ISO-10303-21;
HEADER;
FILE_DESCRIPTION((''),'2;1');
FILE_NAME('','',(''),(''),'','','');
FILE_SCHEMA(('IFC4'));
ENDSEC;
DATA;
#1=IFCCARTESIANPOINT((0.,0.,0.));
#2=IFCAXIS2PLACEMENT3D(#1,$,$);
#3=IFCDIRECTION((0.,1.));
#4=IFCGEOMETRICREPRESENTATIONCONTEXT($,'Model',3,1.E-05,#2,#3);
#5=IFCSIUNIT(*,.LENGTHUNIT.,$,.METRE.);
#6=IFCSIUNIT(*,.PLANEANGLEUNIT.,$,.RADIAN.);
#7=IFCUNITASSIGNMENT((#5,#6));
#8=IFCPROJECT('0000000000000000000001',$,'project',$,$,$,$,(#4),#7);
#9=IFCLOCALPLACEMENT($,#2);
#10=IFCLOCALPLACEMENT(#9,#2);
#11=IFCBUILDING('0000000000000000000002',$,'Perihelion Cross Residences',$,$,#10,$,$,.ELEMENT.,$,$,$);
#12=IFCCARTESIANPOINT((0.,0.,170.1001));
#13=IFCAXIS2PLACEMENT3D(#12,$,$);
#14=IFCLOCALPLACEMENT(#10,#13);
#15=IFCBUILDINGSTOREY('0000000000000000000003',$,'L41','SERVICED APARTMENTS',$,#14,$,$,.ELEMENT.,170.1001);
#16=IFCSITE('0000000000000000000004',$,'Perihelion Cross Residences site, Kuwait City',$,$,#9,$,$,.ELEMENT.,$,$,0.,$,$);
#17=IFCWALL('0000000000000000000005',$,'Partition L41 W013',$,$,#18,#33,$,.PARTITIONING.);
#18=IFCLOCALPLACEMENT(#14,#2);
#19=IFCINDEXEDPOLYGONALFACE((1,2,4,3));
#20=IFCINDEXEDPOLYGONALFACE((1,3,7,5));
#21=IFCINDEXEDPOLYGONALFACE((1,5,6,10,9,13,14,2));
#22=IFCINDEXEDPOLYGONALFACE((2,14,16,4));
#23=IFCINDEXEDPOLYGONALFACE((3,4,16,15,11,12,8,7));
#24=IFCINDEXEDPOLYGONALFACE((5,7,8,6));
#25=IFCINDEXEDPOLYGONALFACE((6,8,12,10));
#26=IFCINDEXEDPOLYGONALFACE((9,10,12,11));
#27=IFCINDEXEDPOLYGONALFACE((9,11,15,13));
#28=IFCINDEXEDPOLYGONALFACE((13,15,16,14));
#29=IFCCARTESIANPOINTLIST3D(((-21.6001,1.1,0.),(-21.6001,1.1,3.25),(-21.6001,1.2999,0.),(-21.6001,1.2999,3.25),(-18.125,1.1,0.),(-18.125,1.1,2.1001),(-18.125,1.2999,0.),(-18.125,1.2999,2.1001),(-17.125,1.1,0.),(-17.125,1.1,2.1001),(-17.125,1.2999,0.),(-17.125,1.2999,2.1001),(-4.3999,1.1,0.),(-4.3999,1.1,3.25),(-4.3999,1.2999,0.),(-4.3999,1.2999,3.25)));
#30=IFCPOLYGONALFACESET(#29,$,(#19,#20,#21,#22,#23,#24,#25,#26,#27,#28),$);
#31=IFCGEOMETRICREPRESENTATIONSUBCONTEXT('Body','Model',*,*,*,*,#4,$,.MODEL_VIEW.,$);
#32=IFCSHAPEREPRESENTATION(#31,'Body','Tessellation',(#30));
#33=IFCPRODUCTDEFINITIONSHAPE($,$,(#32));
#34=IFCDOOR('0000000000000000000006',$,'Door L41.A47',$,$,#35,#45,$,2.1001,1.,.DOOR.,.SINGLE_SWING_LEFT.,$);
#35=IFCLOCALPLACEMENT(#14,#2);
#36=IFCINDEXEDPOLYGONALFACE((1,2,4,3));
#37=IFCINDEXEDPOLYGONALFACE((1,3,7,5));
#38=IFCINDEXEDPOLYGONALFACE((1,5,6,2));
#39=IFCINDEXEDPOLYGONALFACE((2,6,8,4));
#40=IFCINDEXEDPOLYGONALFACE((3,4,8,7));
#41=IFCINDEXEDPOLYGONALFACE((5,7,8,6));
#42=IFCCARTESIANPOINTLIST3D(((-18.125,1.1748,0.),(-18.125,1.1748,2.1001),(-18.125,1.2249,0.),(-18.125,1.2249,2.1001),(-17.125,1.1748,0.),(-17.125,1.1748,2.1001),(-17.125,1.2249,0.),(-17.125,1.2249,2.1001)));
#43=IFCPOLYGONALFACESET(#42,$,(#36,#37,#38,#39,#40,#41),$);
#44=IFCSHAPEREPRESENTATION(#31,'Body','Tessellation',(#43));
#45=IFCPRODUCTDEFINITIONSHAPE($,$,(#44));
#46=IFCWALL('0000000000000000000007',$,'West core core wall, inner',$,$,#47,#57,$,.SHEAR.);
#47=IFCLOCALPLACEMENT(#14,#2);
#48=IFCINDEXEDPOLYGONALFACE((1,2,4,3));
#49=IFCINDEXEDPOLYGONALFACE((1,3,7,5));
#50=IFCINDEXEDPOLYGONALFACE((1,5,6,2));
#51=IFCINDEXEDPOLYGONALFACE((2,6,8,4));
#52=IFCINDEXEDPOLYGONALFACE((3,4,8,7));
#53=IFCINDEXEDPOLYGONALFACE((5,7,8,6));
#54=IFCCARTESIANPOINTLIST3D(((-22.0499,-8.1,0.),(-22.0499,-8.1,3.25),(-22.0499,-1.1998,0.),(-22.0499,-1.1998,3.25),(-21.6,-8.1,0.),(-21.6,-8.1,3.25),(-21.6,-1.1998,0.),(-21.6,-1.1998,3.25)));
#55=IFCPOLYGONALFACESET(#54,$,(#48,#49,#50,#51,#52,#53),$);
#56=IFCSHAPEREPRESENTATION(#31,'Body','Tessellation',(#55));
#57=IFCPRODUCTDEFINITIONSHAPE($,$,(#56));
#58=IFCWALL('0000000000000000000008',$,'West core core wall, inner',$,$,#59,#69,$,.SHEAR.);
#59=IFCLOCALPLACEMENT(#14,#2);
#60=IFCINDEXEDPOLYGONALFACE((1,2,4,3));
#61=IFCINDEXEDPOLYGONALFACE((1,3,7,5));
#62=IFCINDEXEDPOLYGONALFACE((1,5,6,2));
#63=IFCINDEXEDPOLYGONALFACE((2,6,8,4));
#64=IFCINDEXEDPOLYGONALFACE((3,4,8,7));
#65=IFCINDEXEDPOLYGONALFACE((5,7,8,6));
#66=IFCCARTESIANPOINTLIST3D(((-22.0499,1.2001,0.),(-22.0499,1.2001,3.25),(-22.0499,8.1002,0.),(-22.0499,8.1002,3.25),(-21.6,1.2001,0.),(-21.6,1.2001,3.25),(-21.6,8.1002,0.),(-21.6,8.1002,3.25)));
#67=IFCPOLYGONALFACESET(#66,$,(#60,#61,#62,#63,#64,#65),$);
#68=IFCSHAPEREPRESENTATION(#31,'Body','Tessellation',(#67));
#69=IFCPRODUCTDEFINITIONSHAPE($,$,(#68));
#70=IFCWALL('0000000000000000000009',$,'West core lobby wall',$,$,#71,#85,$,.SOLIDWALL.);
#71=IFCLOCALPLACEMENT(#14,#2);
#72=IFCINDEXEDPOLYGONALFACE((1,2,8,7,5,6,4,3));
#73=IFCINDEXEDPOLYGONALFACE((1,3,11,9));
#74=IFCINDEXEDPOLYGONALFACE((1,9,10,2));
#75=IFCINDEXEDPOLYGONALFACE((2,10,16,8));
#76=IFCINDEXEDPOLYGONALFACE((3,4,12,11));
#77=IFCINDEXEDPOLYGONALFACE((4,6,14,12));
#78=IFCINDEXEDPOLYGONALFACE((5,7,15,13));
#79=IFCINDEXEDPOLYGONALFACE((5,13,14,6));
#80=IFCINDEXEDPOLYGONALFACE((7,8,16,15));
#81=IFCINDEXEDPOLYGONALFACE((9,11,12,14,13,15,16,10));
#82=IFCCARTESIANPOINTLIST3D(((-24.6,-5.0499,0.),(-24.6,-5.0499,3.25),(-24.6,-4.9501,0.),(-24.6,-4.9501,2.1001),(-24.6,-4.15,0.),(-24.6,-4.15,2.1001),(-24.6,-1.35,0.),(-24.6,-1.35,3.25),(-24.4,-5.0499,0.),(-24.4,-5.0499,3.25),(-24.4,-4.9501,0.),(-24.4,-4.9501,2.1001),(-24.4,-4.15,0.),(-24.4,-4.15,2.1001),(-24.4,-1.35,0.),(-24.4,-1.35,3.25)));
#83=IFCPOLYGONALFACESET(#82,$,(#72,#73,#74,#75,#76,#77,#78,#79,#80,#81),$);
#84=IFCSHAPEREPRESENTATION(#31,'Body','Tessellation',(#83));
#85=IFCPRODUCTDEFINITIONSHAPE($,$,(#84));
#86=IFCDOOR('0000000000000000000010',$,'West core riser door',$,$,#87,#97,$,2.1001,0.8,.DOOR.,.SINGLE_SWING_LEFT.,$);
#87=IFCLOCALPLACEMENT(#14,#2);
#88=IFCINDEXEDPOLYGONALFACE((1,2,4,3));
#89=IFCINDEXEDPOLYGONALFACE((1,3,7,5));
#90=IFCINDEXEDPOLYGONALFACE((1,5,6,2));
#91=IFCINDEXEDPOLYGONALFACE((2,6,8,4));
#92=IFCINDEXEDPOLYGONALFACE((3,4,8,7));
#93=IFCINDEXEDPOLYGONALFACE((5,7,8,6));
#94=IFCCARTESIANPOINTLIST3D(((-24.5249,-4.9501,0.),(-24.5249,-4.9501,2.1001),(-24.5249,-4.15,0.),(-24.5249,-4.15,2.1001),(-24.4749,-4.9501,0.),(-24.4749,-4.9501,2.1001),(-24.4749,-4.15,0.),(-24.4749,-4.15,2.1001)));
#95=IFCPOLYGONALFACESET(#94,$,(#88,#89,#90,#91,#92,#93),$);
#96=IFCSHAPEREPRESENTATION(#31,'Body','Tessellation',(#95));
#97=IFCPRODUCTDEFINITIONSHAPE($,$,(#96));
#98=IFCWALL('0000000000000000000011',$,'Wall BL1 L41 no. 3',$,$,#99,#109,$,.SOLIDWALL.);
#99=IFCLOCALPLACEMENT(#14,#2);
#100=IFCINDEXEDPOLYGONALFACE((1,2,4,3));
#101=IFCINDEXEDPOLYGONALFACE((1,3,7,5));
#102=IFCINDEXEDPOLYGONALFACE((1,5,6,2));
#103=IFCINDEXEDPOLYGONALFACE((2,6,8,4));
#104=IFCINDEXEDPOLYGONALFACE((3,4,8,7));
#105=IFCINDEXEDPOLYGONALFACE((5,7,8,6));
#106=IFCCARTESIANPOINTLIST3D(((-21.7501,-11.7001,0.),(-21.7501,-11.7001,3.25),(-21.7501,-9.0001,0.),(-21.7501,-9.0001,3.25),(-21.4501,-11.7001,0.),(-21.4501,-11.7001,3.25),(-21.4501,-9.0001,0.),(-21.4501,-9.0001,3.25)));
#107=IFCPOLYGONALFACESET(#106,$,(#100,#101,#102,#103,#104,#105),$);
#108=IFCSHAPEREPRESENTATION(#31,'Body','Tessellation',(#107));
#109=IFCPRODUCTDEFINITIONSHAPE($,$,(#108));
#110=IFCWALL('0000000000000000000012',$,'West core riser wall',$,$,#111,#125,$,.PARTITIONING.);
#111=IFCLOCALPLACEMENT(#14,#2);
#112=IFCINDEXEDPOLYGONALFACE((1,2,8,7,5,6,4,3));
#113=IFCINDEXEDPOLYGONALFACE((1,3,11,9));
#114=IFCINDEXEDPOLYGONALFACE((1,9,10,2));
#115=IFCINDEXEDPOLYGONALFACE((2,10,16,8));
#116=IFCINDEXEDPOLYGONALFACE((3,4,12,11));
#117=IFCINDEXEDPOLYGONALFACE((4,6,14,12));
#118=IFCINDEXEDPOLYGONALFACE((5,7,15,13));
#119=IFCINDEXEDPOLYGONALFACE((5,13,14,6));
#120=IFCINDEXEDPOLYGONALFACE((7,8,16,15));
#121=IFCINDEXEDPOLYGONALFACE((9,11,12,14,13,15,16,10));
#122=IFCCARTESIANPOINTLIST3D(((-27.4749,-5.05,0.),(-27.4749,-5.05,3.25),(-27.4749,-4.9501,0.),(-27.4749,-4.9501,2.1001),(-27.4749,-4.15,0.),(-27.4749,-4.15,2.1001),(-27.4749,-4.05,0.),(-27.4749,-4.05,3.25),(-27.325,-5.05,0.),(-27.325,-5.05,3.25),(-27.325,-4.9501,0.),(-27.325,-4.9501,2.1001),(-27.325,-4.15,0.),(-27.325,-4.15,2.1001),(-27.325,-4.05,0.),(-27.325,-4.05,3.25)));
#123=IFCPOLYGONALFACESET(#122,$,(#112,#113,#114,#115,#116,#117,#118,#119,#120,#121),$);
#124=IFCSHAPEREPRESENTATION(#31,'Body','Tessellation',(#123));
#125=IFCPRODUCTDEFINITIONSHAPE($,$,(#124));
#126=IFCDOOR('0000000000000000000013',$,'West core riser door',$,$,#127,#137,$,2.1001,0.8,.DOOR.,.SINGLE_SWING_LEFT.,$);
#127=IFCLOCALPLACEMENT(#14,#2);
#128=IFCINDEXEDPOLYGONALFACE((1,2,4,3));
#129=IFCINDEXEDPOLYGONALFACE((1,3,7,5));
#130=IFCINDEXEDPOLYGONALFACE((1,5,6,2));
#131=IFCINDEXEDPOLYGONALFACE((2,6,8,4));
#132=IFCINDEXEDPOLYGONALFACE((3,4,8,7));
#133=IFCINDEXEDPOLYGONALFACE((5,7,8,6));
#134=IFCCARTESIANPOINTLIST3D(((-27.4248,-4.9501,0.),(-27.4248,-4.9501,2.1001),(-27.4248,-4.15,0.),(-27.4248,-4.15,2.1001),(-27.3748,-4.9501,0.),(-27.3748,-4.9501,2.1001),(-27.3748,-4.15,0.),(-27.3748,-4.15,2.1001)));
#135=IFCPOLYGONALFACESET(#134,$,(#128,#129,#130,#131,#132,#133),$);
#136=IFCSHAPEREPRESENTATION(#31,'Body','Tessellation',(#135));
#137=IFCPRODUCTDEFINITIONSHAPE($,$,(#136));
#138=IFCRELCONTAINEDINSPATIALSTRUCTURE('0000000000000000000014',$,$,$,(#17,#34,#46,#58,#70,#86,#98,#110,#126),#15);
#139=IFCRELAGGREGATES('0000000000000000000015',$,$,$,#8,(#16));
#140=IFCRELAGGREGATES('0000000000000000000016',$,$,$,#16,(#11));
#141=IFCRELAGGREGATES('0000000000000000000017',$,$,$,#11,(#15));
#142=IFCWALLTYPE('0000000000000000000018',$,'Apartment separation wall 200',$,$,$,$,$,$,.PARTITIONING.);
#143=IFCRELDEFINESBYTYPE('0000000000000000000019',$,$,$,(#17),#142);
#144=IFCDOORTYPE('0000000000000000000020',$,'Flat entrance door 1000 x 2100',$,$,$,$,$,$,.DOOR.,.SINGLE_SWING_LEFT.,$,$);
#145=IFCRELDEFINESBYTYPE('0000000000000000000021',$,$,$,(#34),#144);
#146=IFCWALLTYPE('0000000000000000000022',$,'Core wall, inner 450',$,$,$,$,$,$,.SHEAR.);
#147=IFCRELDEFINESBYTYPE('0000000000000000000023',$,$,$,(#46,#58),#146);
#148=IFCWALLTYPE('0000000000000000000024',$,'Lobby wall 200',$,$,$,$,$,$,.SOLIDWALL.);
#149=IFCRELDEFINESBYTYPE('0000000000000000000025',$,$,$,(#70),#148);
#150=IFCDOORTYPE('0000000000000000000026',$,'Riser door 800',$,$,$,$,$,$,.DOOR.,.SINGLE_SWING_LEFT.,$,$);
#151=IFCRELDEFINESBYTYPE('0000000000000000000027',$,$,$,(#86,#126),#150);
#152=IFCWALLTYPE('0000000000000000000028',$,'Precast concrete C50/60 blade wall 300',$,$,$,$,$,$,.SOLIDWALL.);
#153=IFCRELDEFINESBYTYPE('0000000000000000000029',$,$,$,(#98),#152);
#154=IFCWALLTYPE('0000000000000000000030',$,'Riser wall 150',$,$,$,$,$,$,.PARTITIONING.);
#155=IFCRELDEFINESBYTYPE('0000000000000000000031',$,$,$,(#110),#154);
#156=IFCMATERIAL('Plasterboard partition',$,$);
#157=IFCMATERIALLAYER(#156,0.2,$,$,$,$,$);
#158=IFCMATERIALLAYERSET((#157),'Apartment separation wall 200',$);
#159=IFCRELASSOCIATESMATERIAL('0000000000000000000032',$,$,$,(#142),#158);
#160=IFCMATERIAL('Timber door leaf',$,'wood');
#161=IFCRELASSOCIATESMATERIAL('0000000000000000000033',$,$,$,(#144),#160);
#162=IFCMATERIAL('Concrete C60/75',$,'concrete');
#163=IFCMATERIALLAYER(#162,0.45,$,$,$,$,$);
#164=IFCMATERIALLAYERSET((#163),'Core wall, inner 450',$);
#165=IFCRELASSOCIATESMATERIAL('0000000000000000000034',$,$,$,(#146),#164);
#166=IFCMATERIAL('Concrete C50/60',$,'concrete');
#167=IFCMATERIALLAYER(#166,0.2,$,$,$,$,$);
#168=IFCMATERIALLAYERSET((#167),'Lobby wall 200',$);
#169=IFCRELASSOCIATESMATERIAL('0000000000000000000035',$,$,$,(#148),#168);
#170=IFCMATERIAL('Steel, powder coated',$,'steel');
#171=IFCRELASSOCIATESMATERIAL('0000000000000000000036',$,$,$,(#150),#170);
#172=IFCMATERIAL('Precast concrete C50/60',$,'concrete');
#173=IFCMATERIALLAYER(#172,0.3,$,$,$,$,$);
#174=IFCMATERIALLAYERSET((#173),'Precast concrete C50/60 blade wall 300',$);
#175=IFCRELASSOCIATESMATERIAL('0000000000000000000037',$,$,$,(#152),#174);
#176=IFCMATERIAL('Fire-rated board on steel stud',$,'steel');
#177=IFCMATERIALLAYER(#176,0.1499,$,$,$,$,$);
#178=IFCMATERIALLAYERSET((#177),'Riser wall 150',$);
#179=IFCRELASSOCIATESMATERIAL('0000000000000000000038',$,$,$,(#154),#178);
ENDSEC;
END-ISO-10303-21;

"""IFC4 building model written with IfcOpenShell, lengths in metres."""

from ifc_helpers import new_model, si_unit, direction, frame, frame_2d, origin, place, context, subcontext, project, spatial, rectangle, extrude, material, layer, layer_set, type_object, element, fill, save


model = new_model("IFC4")

# Units and contexts
model_context = context("Model", 3, precision=1e-05, world=origin(), true_north=direction((0.0, 1.0)))
body_context = subcontext(model_context, "Body", "Model", "MODEL_VIEW")
ifc_project = project(units=[si_unit("LENGTHUNIT", "METRE"), si_unit("PLANEANGLEUNIT", "RADIAN")], contexts=[model_context])

# Site, building, storey
site_placement = place(None, origin())
site = spatial("IfcSite", under=ifc_project, at=site_placement, Name="Perihelion Cross Residences site, Kuwait City", CompositionType="ELEMENT", RefElevation=0.0)
building_placement = place(site_placement, origin())
building = spatial("IfcBuilding", under=site, at=building_placement, Name="Perihelion Cross Residences", CompositionType="ELEMENT")
storey_placement = place(building_placement, frame((0.0, 0.0, 170.1001)))
storey = spatial("IfcBuildingStorey", under=building, at=storey_placement, Name="L41", Description="SERVICED APARTMENTS", CompositionType="ELEMENT", Elevation=170.1001)

# Wall, opening, door
ifc_material_1 = material(Name="Plasterboard partition")
ifc_layer_1 = layer(ifc_material_1, 0.2)
ifc_layer_set_1 = layer_set([ifc_layer_1], Name="Apartment separation wall 200")
wall_type_1 = type_object("IfcWallType", Name="Apartment separation wall 200", PredefinedType="PARTITIONING", material=ifc_layer_set_1)
wall_1_placement = place(storey_placement, frame((-21.6001, 1.2, 0.0), z_axis=(0.0, 0.0, 1.0), x_axis=(1.0, 0.0, 0.0)))
wall_1 = element("IfcWall", 1, at=wall_1_placement, inside=storey, type_object=wall_type_1, Name="Partition L41 W013", PredefinedType="PARTITIONING", context=body_context, shape_type="SweptSolid", body=[
    extrude(rectangle(XDim=17.2002, YDim=0.2, at=frame_2d((8.6001, 0.0))), origin(), (0.0, 0.0, 1.0), 3.25),
])
opening_1_placement = place(wall_1_placement, frame((3.4751, 0.0, 0.0)))
opening_1 = element("IfcOpeningElement", 2, at=opening_1_placement, cuts=wall_1, PredefinedType="OPENING", context=body_context, shape_type="SweptSolid", body=[
    extrude(rectangle(XDim=1.0, YDim=2.1001, at=frame_2d((0.5, 1.05))), frame((0.0, 0.1099, 0.0), z_axis=(0.0, -1.0, 0.0), x_axis=(1.0, 0.0, 0.0)), (0.0, 0.0, 1.0), 0.22),
])
ifc_material_2 = material(Name="Timber door leaf", Category="wood")
door_type_1 = type_object("IfcDoorType", Name="Flat entrance door 1000 x 2100", OperationType="SINGLE_SWING_LEFT", PredefinedType="DOOR", material=ifc_material_2)
door_1_placement = place(opening_1_placement, origin())
door_1 = element("IfcDoor", 3, at=door_1_placement, inside=storey, type_object=door_type_1, Name="Door L41.A47", OperationType="SINGLE_SWING_LEFT", OverallHeight=2.1001, OverallWidth=1.0, PredefinedType="DOOR", context=body_context, shape_type="SweptSolid", body=[
    extrude(rectangle(XDim=1.0, YDim=2.1001, at=frame_2d((0.5, 1.05))), frame((0.0, 0.0249, 0.0), z_axis=(0.0, -1.0, 0.0), x_axis=(1.0, 0.0, 0.0)), (0.0, 0.0, 1.0), 0.05),
])
fill(opening_1, door_1)

# Walls
ifc_material_3 = material(Name="Concrete C60/75", Category="concrete")
ifc_layer_2 = layer(ifc_material_3, 0.45)
ifc_layer_set_2 = layer_set([ifc_layer_2], Name="Core wall, inner 450")
wall_type_2 = type_object("IfcWallType", Name="Core wall, inner 450", PredefinedType="SHEAR", material=ifc_layer_set_2)
for number, where, z_axis, x_axis, name in (
    (4, (-21.825, -8.1001, 0.0), (0.0, 0.0, 1.0), (0.0, 1.0, 0.0), "West core core wall, inner"),
    (5, (-21.825, 1.2, 0.0), (0.0, 0.0, 1.0), (0.0, 1.0, 0.0), "West core core wall, inner"),
):
    element("IfcWall", number, at=place(storey_placement, frame(where, z_axis=z_axis, x_axis=x_axis)), inside=storey, type_object=wall_type_2, Name=name, PredefinedType="SHEAR", context=body_context, shape_type="SweptSolid", body=[
        extrude(rectangle(XDim=6.9001, YDim=0.45, at=frame_2d((3.4502, 0.0))), origin(), (0.0, 0.0, 1.0), 3.25),
    ])

# Wall, opening, door
ifc_material_4 = material(Name="Concrete C50/60", Category="concrete")
ifc_layer_3 = layer(ifc_material_4, 0.2)
ifc_layer_set_3 = layer_set([ifc_layer_3], Name="Lobby wall 200")
wall_type_3 = type_object("IfcWallType", Name="Lobby wall 200", PredefinedType="SOLIDWALL", material=ifc_layer_set_3)
wall_2_placement = place(storey_placement, frame((-24.5, -5.05, 0.0), z_axis=(0.0, 0.0, 1.0), x_axis=(0.0, 1.0, 0.0)))
wall_2 = element("IfcWall", 6, at=wall_2_placement, inside=storey, type_object=wall_type_3, Name="West core lobby wall", PredefinedType="SOLIDWALL", context=body_context, shape_type="SweptSolid", body=[
    extrude(rectangle(XDim=3.7, YDim=0.2, at=frame_2d((1.8501, 0.0))), origin(), (0.0, 0.0, 1.0), 3.25),
])
opening_2_placement = place(wall_2_placement, frame((0.1001, 0.0, 0.0)))
opening_2 = element("IfcOpeningElement", 7, at=opening_2_placement, cuts=wall_2, PredefinedType="OPENING", context=body_context, shape_type="SweptSolid", body=[
    extrude(rectangle(XDim=0.8, YDim=2.1001, at=frame_2d((0.3999, 1.05))), frame((0.0, 0.1099, 0.0), z_axis=(0.0, -1.0, 0.0), x_axis=(1.0, 0.0, 0.0)), (0.0, 0.0, 1.0), 0.22),
])
ifc_material_5 = material(Name="Steel, powder coated", Category="steel")
door_type_2 = type_object("IfcDoorType", Name="Riser door 800", OperationType="SINGLE_SWING_LEFT", PredefinedType="DOOR", material=ifc_material_5)
door_2_placement = place(opening_2_placement, origin())
door_2 = element("IfcDoor", 8, at=door_2_placement, inside=storey, type_object=door_type_2, Name="West core riser door", OperationType="SINGLE_SWING_LEFT", OverallHeight=2.1001, OverallWidth=0.8, PredefinedType="DOOR", context=body_context, shape_type="SweptSolid", body=[
    extrude(rectangle(XDim=0.8, YDim=2.1001, at=frame_2d((0.3999, 1.05))), frame((0.0, 0.0249, 0.0), z_axis=(0.0, -1.0, 0.0), x_axis=(1.0, 0.0, 0.0)), (0.0, 0.0, 1.0), 0.05),
])
fill(opening_2, door_2)

# Wall
ifc_material_6 = material(Name="Precast concrete C50/60", Category="concrete")
ifc_layer_4 = layer(ifc_material_6, 0.3)
ifc_layer_set_4 = layer_set([ifc_layer_4], Name="Precast concrete C50/60 blade wall 300")
wall_type_4 = type_object("IfcWallType", Name="Precast concrete C50/60 blade wall 300", PredefinedType="SOLIDWALL", material=ifc_layer_set_4)
wall_3_placement = place(storey_placement, frame((-21.6001, -9.0, 0.0), z_axis=(0.0, 0.0, 1.0), x_axis=(0.0, -1.0, 0.0)))
element("IfcWall", 9, at=wall_3_placement, inside=storey, type_object=wall_type_4, Name="Wall BL1 L41 no. 3", PredefinedType="SOLIDWALL", context=body_context, shape_type="SweptSolid", body=[
    extrude(rectangle(XDim=2.7, YDim=0.3, at=frame_2d((1.3501, 0.0))), origin(), (0.0, 0.0, 1.0), 3.25),
])

# Wall, opening, door
ifc_material_7 = material(Name="Fire-rated board on steel stud", Category="steel")
ifc_layer_5 = layer(ifc_material_7, 0.1499)
ifc_layer_set_5 = layer_set([ifc_layer_5], Name="Riser wall 150")
wall_type_5 = type_object("IfcWallType", Name="Riser wall 150", PredefinedType="PARTITIONING", material=ifc_layer_set_5)
wall_4_placement = place(storey_placement, frame((-27.3999, -5.05, 0.0), z_axis=(0.0, 0.0, 1.0), x_axis=(0.0, 1.0, 0.0)))
wall_4 = element("IfcWall", 10, at=wall_4_placement, inside=storey, type_object=wall_type_5, Name="West core riser wall", PredefinedType="PARTITIONING", context=body_context, shape_type="SweptSolid", body=[
    extrude(rectangle(XDim=1.0, YDim=0.1499, at=frame_2d((0.5, 0.0))), origin(), (0.0, 0.0, 1.0), 3.25),
])
opening_3_placement = place(wall_4_placement, frame((0.1001, 0.0, 0.0)))
opening_3 = element("IfcOpeningElement", 11, at=opening_3_placement, cuts=wall_4, PredefinedType="OPENING", context=body_context, shape_type="SweptSolid", body=[
    extrude(rectangle(XDim=0.8, YDim=2.1001, at=frame_2d((0.3999, 1.05))), frame((0.0, 0.085, 0.0), z_axis=(0.0, -1.0, 0.0), x_axis=(1.0, 0.0, 0.0)), (0.0, 0.0, 1.0), 0.1699),
])
door_3_placement = place(opening_3_placement, origin())
door_3 = element("IfcDoor", 12, at=door_3_placement, inside=storey, type_object=door_type_2, Name="West core riser door", OperationType="SINGLE_SWING_LEFT", OverallHeight=2.1001, OverallWidth=0.8, PredefinedType="DOOR", context=body_context, shape_type="SweptSolid", body=[
    extrude(rectangle(XDim=0.8, YDim=2.1001, at=frame_2d((0.3999, 1.05))), frame((0.0, 0.0249, 0.0), z_axis=(0.0, -1.0, 0.0), x_axis=(1.0, 0.0, 0.0)), (0.0, 0.0, 1.0), 0.05),
])
fill(opening_3, door_3)

save(model, "model.ifc")
